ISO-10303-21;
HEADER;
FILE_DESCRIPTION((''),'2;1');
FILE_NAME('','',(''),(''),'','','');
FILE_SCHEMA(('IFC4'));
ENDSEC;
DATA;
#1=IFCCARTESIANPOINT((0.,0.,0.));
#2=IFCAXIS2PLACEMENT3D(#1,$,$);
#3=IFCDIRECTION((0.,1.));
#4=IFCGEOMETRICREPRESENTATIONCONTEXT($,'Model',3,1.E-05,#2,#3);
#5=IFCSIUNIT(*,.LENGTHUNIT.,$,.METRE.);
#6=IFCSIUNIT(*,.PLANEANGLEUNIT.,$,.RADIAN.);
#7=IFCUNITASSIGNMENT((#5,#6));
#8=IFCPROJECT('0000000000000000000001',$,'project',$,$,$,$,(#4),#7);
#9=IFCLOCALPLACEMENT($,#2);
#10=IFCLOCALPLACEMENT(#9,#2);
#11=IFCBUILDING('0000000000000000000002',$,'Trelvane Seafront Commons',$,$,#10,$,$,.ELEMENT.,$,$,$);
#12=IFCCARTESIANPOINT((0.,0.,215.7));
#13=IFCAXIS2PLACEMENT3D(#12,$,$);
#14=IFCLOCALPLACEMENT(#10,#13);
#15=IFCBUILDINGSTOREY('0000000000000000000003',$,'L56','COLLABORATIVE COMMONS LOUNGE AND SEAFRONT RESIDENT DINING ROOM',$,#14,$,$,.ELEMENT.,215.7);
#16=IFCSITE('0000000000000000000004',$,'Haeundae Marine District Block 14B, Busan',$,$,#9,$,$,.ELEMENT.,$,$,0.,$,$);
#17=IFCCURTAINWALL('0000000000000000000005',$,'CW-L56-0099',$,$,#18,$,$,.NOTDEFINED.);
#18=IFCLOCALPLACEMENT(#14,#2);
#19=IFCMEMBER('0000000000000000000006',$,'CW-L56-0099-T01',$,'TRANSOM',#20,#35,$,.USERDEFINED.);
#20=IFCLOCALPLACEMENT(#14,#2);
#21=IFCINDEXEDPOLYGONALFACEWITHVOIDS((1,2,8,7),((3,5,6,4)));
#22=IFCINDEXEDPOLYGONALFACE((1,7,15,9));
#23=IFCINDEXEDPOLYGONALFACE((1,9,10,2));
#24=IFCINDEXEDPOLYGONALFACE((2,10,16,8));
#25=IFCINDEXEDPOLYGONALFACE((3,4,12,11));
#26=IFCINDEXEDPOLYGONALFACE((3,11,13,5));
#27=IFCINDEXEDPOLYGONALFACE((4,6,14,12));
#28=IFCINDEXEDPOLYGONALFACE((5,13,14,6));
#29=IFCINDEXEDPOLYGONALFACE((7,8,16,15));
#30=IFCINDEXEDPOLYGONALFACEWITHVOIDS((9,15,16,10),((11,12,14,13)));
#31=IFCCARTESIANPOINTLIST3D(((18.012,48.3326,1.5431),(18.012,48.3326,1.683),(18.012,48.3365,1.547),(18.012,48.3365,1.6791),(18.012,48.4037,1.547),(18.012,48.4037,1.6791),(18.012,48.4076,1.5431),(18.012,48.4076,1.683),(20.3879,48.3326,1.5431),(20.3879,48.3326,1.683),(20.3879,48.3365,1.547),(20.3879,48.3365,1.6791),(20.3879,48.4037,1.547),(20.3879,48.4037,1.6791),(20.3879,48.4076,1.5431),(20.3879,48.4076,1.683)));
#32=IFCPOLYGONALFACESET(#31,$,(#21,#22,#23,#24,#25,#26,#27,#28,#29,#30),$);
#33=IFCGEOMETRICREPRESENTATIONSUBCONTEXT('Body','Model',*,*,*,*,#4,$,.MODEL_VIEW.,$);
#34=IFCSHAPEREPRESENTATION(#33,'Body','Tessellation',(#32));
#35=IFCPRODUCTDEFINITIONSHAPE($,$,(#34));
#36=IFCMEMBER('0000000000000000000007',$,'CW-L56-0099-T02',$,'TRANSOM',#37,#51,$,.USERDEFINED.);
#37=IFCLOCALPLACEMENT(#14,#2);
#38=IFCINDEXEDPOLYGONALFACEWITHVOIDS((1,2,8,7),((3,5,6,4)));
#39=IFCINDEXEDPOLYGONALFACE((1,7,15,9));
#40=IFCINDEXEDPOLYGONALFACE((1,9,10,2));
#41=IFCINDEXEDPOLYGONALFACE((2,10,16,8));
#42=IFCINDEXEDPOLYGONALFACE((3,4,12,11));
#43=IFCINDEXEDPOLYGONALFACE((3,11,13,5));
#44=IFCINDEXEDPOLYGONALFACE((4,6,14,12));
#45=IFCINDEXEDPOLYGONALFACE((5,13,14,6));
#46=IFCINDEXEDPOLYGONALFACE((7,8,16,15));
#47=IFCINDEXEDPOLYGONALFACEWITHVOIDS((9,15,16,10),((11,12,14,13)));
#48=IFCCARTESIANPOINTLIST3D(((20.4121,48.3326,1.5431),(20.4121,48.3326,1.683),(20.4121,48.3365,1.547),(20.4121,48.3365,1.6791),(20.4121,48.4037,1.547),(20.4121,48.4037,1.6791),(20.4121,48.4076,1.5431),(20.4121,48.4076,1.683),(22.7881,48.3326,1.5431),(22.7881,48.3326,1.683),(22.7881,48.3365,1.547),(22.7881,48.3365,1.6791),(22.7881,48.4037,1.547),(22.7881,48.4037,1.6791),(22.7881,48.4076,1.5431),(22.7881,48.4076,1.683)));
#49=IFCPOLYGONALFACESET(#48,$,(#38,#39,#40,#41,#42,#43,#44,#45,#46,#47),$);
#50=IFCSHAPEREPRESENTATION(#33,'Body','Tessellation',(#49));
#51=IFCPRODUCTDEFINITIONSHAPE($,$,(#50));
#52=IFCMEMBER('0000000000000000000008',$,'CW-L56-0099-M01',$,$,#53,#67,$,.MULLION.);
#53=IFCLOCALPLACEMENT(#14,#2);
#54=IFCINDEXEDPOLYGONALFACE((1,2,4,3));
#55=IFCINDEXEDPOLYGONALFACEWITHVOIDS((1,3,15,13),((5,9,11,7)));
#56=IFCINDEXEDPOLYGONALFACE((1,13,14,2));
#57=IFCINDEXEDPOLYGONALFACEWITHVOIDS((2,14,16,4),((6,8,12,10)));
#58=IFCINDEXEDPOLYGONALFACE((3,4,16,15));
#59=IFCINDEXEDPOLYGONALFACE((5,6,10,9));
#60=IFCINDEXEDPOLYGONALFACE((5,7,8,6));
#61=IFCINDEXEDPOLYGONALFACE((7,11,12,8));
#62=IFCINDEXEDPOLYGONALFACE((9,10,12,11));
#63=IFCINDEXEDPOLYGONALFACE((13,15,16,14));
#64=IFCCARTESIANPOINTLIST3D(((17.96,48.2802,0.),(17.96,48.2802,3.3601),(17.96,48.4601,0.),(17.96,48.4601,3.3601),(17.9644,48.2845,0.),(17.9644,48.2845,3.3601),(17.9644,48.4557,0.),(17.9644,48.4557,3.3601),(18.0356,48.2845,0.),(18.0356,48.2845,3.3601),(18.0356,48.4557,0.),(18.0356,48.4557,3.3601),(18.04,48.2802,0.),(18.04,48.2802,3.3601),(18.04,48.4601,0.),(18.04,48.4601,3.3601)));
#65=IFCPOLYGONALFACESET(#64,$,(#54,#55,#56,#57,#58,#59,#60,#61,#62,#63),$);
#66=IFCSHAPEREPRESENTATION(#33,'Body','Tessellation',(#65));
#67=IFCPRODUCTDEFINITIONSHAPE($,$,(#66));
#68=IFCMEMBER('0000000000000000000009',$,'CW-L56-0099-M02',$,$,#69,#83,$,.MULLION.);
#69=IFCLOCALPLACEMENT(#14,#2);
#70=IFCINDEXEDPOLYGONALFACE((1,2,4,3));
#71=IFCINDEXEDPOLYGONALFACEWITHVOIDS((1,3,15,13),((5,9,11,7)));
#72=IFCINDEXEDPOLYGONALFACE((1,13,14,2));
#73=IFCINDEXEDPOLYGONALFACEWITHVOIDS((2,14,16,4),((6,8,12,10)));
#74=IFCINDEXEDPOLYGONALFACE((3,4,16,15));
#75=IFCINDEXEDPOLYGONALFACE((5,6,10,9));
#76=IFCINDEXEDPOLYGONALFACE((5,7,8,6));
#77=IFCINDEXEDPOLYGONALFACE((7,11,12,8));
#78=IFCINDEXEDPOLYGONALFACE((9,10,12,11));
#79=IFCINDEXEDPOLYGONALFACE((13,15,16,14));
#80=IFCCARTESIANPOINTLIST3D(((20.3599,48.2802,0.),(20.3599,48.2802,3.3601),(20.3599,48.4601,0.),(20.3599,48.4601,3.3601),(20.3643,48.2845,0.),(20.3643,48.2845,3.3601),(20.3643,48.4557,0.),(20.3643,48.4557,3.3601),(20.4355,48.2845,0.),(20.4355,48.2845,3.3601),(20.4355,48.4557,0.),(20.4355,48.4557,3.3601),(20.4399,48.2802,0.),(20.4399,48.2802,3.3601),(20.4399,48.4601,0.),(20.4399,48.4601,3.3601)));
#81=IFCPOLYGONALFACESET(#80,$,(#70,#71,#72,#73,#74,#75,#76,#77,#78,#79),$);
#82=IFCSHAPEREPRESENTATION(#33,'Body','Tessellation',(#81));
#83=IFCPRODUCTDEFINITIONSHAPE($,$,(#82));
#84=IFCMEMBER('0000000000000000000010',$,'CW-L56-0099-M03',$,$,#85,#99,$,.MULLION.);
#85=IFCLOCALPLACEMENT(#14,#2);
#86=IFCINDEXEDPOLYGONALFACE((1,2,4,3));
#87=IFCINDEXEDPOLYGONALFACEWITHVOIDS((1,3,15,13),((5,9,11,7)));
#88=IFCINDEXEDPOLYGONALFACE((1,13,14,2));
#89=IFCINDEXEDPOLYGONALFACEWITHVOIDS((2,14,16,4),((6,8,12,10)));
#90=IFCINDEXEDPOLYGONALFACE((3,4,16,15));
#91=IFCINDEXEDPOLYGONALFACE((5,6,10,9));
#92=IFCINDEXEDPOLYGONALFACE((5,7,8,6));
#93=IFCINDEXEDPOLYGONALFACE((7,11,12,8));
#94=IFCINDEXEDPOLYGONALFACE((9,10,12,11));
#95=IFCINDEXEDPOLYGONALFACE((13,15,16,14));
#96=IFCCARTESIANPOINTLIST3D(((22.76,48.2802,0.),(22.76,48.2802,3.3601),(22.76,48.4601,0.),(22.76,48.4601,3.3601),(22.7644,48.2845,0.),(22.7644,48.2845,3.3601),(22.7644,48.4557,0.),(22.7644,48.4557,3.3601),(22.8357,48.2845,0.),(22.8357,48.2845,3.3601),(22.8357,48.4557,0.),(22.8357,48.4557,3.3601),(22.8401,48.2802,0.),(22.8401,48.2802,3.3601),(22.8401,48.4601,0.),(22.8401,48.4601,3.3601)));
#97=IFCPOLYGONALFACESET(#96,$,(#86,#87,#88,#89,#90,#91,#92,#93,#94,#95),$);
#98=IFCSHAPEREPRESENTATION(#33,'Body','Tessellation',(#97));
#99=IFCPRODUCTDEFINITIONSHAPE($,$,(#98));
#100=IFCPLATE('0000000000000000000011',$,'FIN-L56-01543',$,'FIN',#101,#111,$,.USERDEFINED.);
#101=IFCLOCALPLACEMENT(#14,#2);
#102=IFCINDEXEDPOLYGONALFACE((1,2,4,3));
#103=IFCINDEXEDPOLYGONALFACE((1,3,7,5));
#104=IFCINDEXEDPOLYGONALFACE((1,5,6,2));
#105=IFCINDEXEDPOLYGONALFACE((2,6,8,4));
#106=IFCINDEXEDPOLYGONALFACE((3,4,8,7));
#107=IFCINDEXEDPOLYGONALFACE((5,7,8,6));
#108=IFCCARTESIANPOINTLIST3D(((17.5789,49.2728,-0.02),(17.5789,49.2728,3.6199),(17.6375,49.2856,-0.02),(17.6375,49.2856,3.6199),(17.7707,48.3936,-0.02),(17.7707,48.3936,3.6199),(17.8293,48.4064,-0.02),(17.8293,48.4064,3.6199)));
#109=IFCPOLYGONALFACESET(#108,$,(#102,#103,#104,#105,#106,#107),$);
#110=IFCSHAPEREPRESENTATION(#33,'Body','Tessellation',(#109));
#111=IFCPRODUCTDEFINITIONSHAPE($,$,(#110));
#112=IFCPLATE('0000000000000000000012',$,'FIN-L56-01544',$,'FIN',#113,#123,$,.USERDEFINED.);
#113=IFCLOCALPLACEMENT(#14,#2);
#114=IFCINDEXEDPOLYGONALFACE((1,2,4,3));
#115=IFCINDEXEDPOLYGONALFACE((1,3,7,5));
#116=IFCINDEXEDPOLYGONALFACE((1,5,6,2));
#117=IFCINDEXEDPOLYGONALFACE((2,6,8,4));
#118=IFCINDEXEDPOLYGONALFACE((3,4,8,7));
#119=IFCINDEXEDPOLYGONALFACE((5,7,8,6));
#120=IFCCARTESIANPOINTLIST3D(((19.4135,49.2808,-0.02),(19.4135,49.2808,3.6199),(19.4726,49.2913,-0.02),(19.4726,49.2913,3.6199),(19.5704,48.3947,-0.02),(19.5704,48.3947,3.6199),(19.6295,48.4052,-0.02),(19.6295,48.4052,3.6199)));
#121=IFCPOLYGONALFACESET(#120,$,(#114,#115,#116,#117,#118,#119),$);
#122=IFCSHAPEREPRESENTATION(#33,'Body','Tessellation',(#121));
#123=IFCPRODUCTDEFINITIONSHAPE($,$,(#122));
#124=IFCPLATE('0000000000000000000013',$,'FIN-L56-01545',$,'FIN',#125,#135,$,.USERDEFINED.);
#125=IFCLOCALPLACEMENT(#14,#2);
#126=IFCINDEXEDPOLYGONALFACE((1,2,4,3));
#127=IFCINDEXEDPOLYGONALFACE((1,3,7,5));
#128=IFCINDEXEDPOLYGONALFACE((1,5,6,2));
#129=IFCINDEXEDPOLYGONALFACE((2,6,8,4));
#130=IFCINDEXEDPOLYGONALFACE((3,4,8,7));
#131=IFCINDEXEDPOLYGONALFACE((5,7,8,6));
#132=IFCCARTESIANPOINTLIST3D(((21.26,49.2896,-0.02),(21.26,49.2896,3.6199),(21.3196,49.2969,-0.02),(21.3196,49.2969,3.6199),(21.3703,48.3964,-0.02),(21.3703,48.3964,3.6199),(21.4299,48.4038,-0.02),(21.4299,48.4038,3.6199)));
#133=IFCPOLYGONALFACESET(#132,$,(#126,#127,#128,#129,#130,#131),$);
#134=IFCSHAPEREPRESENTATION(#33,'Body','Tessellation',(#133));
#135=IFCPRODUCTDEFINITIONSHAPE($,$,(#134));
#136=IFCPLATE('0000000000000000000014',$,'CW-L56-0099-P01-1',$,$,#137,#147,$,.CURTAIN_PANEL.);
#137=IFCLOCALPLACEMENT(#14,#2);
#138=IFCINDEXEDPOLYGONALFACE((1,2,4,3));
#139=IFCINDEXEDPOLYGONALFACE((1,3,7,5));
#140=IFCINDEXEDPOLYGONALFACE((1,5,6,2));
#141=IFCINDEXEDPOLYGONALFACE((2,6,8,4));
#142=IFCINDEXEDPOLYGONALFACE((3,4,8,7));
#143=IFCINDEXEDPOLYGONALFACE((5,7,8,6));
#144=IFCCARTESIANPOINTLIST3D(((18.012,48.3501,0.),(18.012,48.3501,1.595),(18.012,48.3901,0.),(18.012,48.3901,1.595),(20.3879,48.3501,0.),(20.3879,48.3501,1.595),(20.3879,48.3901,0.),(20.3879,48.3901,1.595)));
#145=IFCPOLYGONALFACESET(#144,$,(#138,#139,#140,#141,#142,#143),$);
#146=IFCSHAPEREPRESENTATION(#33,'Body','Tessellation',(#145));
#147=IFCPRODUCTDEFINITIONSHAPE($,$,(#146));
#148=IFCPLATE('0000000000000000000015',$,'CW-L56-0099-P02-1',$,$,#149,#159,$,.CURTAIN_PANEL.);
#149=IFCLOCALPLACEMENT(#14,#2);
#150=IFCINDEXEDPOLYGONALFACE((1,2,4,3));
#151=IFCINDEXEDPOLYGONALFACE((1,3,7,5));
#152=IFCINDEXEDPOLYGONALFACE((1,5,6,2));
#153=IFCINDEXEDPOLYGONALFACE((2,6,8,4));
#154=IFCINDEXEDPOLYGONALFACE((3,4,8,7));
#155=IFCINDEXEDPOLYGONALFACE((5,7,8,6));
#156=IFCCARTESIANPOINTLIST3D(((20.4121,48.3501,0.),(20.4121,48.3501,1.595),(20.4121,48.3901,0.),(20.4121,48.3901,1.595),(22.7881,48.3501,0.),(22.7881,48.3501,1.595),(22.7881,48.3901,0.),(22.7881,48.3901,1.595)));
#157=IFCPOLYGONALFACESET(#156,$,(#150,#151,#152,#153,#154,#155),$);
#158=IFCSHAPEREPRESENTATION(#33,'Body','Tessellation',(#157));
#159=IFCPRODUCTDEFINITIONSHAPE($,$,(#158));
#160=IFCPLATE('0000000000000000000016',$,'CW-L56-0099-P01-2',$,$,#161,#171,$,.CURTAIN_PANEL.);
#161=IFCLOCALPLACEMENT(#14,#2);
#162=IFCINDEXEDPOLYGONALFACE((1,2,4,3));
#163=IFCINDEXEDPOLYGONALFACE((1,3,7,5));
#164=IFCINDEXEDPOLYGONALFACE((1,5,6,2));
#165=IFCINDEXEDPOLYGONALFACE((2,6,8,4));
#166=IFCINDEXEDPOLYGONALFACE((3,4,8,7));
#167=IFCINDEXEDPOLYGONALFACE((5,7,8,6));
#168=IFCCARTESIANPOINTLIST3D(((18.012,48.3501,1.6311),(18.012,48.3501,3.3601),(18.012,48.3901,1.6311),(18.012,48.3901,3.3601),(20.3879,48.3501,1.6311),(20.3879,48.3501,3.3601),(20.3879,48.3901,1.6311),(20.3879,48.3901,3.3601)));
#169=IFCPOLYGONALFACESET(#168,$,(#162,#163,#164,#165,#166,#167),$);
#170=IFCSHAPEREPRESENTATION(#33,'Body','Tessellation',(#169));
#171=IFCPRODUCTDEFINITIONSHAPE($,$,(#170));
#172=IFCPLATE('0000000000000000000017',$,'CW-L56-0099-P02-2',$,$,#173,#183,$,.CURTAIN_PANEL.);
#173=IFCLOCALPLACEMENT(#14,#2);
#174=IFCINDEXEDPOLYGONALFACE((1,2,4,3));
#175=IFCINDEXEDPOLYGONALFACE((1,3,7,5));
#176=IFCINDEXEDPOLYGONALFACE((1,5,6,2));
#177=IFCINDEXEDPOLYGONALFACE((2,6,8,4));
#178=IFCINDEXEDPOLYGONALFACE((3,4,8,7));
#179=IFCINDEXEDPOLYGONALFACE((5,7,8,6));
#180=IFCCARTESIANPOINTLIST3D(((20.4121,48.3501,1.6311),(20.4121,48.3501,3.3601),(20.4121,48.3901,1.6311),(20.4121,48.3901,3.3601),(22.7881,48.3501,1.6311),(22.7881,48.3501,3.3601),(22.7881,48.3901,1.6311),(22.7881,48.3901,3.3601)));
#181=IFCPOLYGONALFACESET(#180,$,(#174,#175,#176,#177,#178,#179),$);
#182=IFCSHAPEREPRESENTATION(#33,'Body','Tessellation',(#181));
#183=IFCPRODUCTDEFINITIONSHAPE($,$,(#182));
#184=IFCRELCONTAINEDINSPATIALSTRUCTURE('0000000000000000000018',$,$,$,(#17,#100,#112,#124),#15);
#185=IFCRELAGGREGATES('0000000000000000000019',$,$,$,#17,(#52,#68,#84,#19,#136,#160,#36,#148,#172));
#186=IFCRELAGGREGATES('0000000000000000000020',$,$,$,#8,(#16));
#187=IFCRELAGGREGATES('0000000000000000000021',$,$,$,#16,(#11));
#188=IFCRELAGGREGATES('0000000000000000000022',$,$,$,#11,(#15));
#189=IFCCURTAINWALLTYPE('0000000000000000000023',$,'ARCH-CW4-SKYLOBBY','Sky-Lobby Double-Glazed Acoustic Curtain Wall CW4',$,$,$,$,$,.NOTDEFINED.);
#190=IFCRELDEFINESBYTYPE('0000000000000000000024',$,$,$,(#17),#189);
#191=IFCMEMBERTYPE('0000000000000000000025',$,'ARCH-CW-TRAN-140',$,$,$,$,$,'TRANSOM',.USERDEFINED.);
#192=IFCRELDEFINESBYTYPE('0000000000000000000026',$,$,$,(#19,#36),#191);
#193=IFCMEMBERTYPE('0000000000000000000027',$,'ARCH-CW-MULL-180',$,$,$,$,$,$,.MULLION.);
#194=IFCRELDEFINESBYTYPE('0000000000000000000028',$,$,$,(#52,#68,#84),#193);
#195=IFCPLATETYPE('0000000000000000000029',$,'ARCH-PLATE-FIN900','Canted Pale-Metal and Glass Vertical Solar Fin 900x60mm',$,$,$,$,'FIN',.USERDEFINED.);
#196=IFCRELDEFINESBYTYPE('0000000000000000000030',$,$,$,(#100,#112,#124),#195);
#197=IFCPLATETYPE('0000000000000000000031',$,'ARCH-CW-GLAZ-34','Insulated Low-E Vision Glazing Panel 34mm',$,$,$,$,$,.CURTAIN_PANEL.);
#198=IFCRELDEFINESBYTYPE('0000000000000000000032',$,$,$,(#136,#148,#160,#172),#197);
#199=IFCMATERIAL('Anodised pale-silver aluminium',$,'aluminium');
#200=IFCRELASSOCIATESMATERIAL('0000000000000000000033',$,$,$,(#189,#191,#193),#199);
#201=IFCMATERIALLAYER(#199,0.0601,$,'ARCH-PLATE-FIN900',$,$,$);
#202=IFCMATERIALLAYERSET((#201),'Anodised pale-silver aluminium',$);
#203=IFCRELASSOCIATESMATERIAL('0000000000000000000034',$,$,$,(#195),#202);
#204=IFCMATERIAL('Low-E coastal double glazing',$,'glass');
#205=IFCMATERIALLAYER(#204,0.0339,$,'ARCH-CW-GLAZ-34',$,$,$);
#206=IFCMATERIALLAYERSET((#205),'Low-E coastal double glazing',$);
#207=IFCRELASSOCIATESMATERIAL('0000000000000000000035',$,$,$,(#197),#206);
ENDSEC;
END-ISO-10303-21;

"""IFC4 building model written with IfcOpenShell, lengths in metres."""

from ifc_helpers import new_model, si_unit, direction, frame, origin, origin_2d, place, context, subcontext, project, spatial, rectangle, hollow_rectangle, extrude, source, transform, mapped, material, layer, layer_set, material_profile, profile_set, type_object, element, aggregate, save


model = new_model("IFC4")

# Units and contexts
model_context = context("Model", 3, precision=1e-05, world=origin(), true_north=direction((0.0, 1.0)))
body_context = subcontext(model_context, "Body", "Model", "MODEL_VIEW")
ifc_project = project(units=[si_unit("LENGTHUNIT", "METRE"), si_unit("PLANEANGLEUNIT", "RADIAN")], contexts=[model_context])

# Site, building, storey
site_placement = place(None, origin())
site = spatial("IfcSite", under=ifc_project, at=site_placement, Name="Haeundae Marine District Block 14B, Busan", CompositionType="ELEMENT", RefElevation=0.0)
building_placement = place(site_placement, origin())
building = spatial("IfcBuilding", under=site, at=building_placement, Name="Trelvane Seafront Commons", CompositionType="ELEMENT")
storey_placement = place(building_placement, frame((0.0, 0.0, 215.7)))
storey = spatial("IfcBuildingStorey", under=building, at=storey_placement, Name="L56", Description="COLLABORATIVE COMMONS LOUNGE AND SEAFRONT RESIDENT DINING ROOM", CompositionType="ELEMENT", Elevation=215.7)

# Curtain wall, members
ifc_material_1 = material(Name="Anodised pale-silver aluminium", Category="aluminium")
curtain_wall_type = type_object("IfcCurtainWallType", Name="ARCH-CW4-SKYLOBBY", Description="Sky-Lobby Double-Glazed Acoustic Curtain Wall CW4", PredefinedType="NOTDEFINED", material=ifc_material_1)
curtain_wall_placement = place(storey_placement, origin())
curtain_wall = element("IfcCurtainWall", 1, at=curtain_wall_placement, inside=storey, type_object=curtain_wall_type, Name="CW-L56-0099", PredefinedType="NOTDEFINED")
ifc_material_profile_1 = material_profile(ifc_material_1, hollow_rectangle(XDim=0.075, YDim=0.1399, WallThickness=0.0039, at=origin_2d()), Name="TRAN-75x140x4")
ifc_profile_set_1 = profile_set([ifc_material_profile_1], Name="Anodised pale-silver aluminium")
member_type_1 = type_object("IfcMemberType", Name="ARCH-CW-TRAN-140", ElementType="TRANSOM", PredefinedType="USERDEFINED", material=ifc_profile_set_1)
shared_shape_1 = source(origin(), body_context, "Body", "SweptSolid", [
    extrude(hollow_rectangle(XDim=0.075, YDim=0.1399, WallThickness=0.0039, at=origin_2d()), origin(), (0.0, 0.0, 1.0), 2.376),
])
member_1_placement = place(storey_placement, frame((18.012, 48.3701, 1.613), z_axis=(1.0, 0.0, 0.0), x_axis=(0.0, 1.0, 0.0)))
member_1 = element("IfcMember", 2, at=member_1_placement, type_object=member_type_1, Name="CW-L56-0099-T01", ObjectType="TRANSOM", PredefinedType="USERDEFINED", context=body_context, shape_type="MappedRepresentation", body=[
    mapped(shared_shape_1, transform((0.0, 0.0, 0.0), x_axis=(1.0, 0.0, 0.0), y_axis=(0.0, 1.0, 0.0), z_axis=(0.0, 0.0, 1.0), scale=1.0)),
])
member_2_placement = place(storey_placement, frame((20.4121, 48.3701, 1.613), z_axis=(1.0, 0.0, 0.0), x_axis=(0.0, 1.0, 0.0)))
member_2 = element("IfcMember", 3, at=member_2_placement, type_object=member_type_1, Name="CW-L56-0099-T02", ObjectType="TRANSOM", PredefinedType="USERDEFINED", context=body_context, shape_type="MappedRepresentation", body=[
    mapped(shared_shape_1, transform((0.0, 0.0, 0.0), x_axis=(1.0, 0.0, 0.0), y_axis=(0.0, 1.0, 0.0), z_axis=(0.0, 0.0, 1.0), scale=1.0)),
])
ifc_material_profile_2 = material_profile(ifc_material_1, hollow_rectangle(XDim=0.0801, YDim=0.1799, WallThickness=0.0044, at=origin_2d()), Name="MULL-80x180x4.5")
ifc_profile_set_2 = profile_set([ifc_material_profile_2], Name="Anodised pale-silver aluminium")
member_type_2 = type_object("IfcMemberType", Name="ARCH-CW-MULL-180", PredefinedType="MULLION", material=ifc_profile_set_2)
shared_shape_2 = source(origin(), body_context, "Body", "SweptSolid", [
    extrude(hollow_rectangle(XDim=0.0801, YDim=0.1799, WallThickness=0.0044, at=origin_2d()), origin(), (0.0, 0.0, 1.0), 3.3601),
])
member_3_placement = place(storey_placement, frame((18.0, 48.3701, 0.0), z_axis=(0.0, 0.0, 1.0), x_axis=(1.0, 0.0, 0.0)))
member_3 = element("IfcMember", 4, at=member_3_placement, type_object=member_type_2, Name="CW-L56-0099-M01", PredefinedType="MULLION", context=body_context, shape_type="MappedRepresentation", body=[
    mapped(shared_shape_2, transform((0.0, 0.0, 0.0), x_axis=(1.0, 0.0, 0.0), y_axis=(0.0, 1.0, 0.0), z_axis=(0.0, 0.0, 1.0), scale=1.0)),
])
member_4_placement = place(storey_placement, frame((20.3999, 48.3701, 0.0), z_axis=(0.0, 0.0, 1.0), x_axis=(1.0, 0.0, 0.0)))
member_4 = element("IfcMember", 5, at=member_4_placement, type_object=member_type_2, Name="CW-L56-0099-M02", PredefinedType="MULLION", context=body_context, shape_type="MappedRepresentation", body=[
    mapped(shared_shape_2, transform((0.0, 0.0, 0.0), x_axis=(1.0, 0.0, 0.0), y_axis=(0.0, 1.0, 0.0), z_axis=(0.0, 0.0, 1.0), scale=1.0)),
])
member_5_placement = place(storey_placement, frame((22.8, 48.3701, 0.0), z_axis=(0.0, 0.0, 1.0), x_axis=(1.0, 0.0, 0.0)))
member_5 = element("IfcMember", 6, at=member_5_placement, type_object=member_type_2, Name="CW-L56-0099-M03", PredefinedType="MULLION", context=body_context, shape_type="MappedRepresentation", body=[
    mapped(shared_shape_2, transform((0.0, 0.0, 0.0), x_axis=(1.0, 0.0, 0.0), y_axis=(0.0, 1.0, 0.0), z_axis=(0.0, 0.0, 1.0), scale=1.0)),
])

# Plates
ifc_layer_1 = layer(ifc_material_1, 0.0601, Name="ARCH-PLATE-FIN900")
ifc_layer_set_1 = layer_set([ifc_layer_1], Name="Anodised pale-silver aluminium")
plate_type_1 = type_object("IfcPlateType", Name="ARCH-PLATE-FIN900", Description="Canted Pale-Metal and Glass Vertical Solar Fin 900x60mm", ElementType="FIN", PredefinedType="USERDEFINED", material=ifc_layer_set_1)
shared_shape_3 = source(origin(), body_context, "Body", "SweptSolid", [
    extrude(rectangle(XDim=0.8999, YDim=0.0601, at=origin_2d()), origin(), (0.0, 0.0, 1.0), 3.6399),
])
for number, where, z_axis, x_axis, name in (
    (7, (17.7041, 48.8396, -0.02), (0.0, 0.0, 1.0), (-0.213117, 0.977027, 0.0), "FIN-L56-01543"),
    (8, (19.5215, 48.843, -0.02), (0.0, 0.0, 1.0), (-0.174337, 0.984686, 0.0), "FIN-L56-01544"),
    (9, (21.345, 48.8467, -0.02), (0.0, 0.0, 1.0), (-0.122557, 0.992461, 0.0), "FIN-L56-01545"),
):
    element("IfcPlate", number, at=place(storey_placement, frame(where, z_axis=z_axis, x_axis=x_axis)), inside=storey, type_object=plate_type_1, Name=name, ObjectType="FIN", PredefinedType="USERDEFINED", context=body_context, shape_type="MappedRepresentation", body=[
        mapped(shared_shape_3, transform((0.0, 0.0, 0.0), x_axis=(1.0, 0.0, 0.0), y_axis=(0.0, 1.0, 0.0), z_axis=(0.0, 0.0, 1.0), scale=1.0)),
    ])

# Plates
ifc_material_2 = material(Name="Low-E coastal double glazing", Category="glass")
ifc_layer_2 = layer(ifc_material_2, 0.0339, Name="ARCH-CW-GLAZ-34")
ifc_layer_set_2 = layer_set([ifc_layer_2], Name="Low-E coastal double glazing")
plate_type_2 = type_object("IfcPlateType", Name="ARCH-CW-GLAZ-34", Description="Insulated Low-E Vision Glazing Panel 34mm", PredefinedType="CURTAIN_PANEL", material=ifc_layer_set_2)
shared_shape_4 = source(origin(), body_context, "Body", "SweptSolid", [
    extrude(rectangle(XDim=2.376, YDim=0.04, at=origin_2d()), origin(), (0.0, 0.0, 1.0), 1.595),
])
plate_1_placement = place(storey_placement, frame((19.2, 48.3701, 0.0), z_axis=(0.0, 0.0, 1.0), x_axis=(1.0, 0.0, 0.0)))
plate_1 = element("IfcPlate", 10, at=plate_1_placement, type_object=plate_type_2, Name="CW-L56-0099-P01-1", PredefinedType="CURTAIN_PANEL", context=body_context, shape_type="MappedRepresentation", body=[
    mapped(shared_shape_4, transform((0.0, 0.0, 0.0), x_axis=(1.0, 0.0, 0.0), y_axis=(0.0, 1.0, 0.0), z_axis=(0.0, 0.0, 1.0), scale=1.0)),
])
plate_2_placement = place(storey_placement, frame((21.6001, 48.3701, 0.0), z_axis=(0.0, 0.0, 1.0), x_axis=(1.0, 0.0, 0.0)))
plate_2 = element("IfcPlate", 11, at=plate_2_placement, type_object=plate_type_2, Name="CW-L56-0099-P02-1", PredefinedType="CURTAIN_PANEL", context=body_context, shape_type="MappedRepresentation", body=[
    mapped(shared_shape_4, transform((0.0, 0.0, 0.0), x_axis=(1.0, 0.0, 0.0), y_axis=(0.0, 1.0, 0.0), z_axis=(0.0, 0.0, 1.0), scale=1.0)),
])
shared_shape_5 = source(origin(), body_context, "Body", "SweptSolid", [
    extrude(rectangle(XDim=2.376, YDim=0.04, at=origin_2d()), origin(), (0.0, 0.0, 1.0), 1.729),
])
plate_3_placement = place(storey_placement, frame((19.2, 48.3701, 1.6311), z_axis=(0.0, 0.0, 1.0), x_axis=(1.0, 0.0, 0.0)))
plate_3 = element("IfcPlate", 12, at=plate_3_placement, type_object=plate_type_2, Name="CW-L56-0099-P01-2", PredefinedType="CURTAIN_PANEL", context=body_context, shape_type="MappedRepresentation", body=[
    mapped(shared_shape_5, transform((0.0, 0.0, 0.0), x_axis=(1.0, 0.0, 0.0), y_axis=(0.0, 1.0, 0.0), z_axis=(0.0, 0.0, 1.0), scale=1.0)),
])
plate_4_placement = place(storey_placement, frame((21.6001, 48.3701, 1.6311), z_axis=(0.0, 0.0, 1.0), x_axis=(1.0, 0.0, 0.0)))
plate_4 = element("IfcPlate", 13, at=plate_4_placement, type_object=plate_type_2, Name="CW-L56-0099-P02-2", PredefinedType="CURTAIN_PANEL", context=body_context, shape_type="MappedRepresentation", body=[
    mapped(shared_shape_5, transform((0.0, 0.0, 0.0), x_axis=(1.0, 0.0, 0.0), y_axis=(0.0, 1.0, 0.0), z_axis=(0.0, 0.0, 1.0), scale=1.0)),
])
aggregate(curtain_wall, [member_3, member_4, member_5, member_1, plate_1, plate_3, member_2, plate_2, plate_4])

save(model, "model.ifc")
